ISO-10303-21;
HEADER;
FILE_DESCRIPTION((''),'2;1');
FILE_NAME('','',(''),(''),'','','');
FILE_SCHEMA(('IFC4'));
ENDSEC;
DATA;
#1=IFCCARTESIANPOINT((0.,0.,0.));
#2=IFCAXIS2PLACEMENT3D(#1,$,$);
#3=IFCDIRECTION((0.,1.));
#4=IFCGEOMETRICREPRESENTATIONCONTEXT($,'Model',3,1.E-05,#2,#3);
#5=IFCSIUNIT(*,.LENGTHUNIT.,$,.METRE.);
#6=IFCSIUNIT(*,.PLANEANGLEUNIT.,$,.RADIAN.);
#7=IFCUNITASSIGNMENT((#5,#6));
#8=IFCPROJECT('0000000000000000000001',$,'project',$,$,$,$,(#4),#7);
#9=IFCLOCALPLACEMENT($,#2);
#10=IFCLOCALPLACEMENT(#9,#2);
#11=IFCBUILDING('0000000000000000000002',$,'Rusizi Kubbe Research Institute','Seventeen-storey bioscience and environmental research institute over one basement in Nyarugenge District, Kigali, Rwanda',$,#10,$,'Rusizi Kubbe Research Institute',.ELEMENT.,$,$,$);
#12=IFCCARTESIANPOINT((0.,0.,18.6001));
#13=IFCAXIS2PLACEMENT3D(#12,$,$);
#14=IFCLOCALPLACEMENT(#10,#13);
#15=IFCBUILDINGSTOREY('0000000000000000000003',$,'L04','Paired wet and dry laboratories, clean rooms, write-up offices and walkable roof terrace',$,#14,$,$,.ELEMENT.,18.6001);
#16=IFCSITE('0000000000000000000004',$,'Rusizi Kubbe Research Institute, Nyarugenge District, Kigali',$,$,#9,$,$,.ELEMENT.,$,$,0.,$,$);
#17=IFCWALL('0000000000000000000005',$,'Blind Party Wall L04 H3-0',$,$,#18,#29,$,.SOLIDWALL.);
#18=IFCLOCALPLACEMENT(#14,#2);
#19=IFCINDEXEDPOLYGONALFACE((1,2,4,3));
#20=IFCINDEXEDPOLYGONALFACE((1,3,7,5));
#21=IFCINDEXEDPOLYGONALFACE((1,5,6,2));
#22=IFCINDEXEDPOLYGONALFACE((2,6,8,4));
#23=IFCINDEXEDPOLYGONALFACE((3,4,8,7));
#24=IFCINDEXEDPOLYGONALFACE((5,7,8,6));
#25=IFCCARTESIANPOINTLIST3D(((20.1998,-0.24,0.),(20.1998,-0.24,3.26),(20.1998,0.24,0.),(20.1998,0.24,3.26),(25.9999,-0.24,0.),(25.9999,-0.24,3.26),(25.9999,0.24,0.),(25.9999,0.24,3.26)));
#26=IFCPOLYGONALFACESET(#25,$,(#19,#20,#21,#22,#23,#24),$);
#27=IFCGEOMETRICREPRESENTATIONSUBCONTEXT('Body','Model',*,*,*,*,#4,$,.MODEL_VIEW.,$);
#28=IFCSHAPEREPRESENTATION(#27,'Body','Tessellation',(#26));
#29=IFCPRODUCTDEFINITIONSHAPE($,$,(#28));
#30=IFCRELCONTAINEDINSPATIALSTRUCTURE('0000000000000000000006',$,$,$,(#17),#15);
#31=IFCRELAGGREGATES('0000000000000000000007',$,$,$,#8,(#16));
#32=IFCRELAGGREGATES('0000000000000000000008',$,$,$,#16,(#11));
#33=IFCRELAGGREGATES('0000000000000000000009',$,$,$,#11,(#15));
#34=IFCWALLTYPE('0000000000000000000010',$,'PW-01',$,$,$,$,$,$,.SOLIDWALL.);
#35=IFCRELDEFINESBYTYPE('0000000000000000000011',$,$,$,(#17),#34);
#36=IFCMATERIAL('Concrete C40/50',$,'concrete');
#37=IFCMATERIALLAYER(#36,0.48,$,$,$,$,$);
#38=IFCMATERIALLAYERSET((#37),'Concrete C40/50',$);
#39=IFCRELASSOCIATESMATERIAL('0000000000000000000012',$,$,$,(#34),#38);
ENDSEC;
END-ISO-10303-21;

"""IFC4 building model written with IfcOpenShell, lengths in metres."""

from ifc_helpers import new_model, si_unit, direction, frame, frame_2d, origin, place, context, subcontext, project, spatial, rectangle, extrude, material, layer, layer_set, type_object, element, save


model = new_model("IFC4")

# Units and contexts
model_context = context("Model", 3, precision=1e-05, world=origin(), true_north=direction((0.0, 1.0)))
body_context = subcontext(model_context, "Body", "Model", "MODEL_VIEW")
ifc_project = project(units=[si_unit("LENGTHUNIT", "METRE"), si_unit("PLANEANGLEUNIT", "RADIAN")], contexts=[model_context])

# Site, building, storey
site_placement = place(None, origin())
site = spatial("IfcSite", under=ifc_project, at=site_placement, Name="Rusizi Kubbe Research Institute, Nyarugenge District, Kigali", CompositionType="ELEMENT", RefElevation=0.0)
building_placement = place(site_placement, origin())
building = spatial("IfcBuilding", under=site, at=building_placement, Name="Rusizi Kubbe Research Institute", Description="Seventeen-storey bioscience and environmental research institute over one basement in Nyarugenge District, Kigali, Rwanda", LongName="Rusizi Kubbe Research Institute", CompositionType="ELEMENT")
storey_placement = place(building_placement, frame((0.0, 0.0, 18.6001)))
storey = spatial("IfcBuildingStorey", under=building, at=storey_placement, Name="L04", Description="Paired wet and dry laboratories, clean rooms, write-up offices and walkable roof terrace", CompositionType="ELEMENT", Elevation=18.6001)

# Wall
ifc_material_1 = material(Name="Concrete C40/50", Category="concrete")
ifc_layer_1 = layer(ifc_material_1, 0.48)
ifc_layer_set_1 = layer_set([ifc_layer_1], Name="Concrete C40/50")
wall_type_1 = type_object("IfcWallType", Name="PW-01", PredefinedType="SOLIDWALL", material=ifc_layer_set_1)
wall_1_placement = place(storey_placement, frame((20.2, 0.0, 0.0), z_axis=(0.0, 0.0, 1.0), x_axis=(1.0, 0.0, 0.0)))
element("IfcWall", 1, at=wall_1_placement, inside=storey, type_object=wall_type_1, Name="Blind Party Wall L04 H3-0", PredefinedType="SOLIDWALL", context=body_context, shape_type="SweptSolid", body=[
    extrude(rectangle(XDim=5.8, YDim=0.48, at=frame_2d((2.8999, 0.0))), origin(), (0.0, 0.0, 1.0), 3.26),
])

save(model, "model.ifc")
